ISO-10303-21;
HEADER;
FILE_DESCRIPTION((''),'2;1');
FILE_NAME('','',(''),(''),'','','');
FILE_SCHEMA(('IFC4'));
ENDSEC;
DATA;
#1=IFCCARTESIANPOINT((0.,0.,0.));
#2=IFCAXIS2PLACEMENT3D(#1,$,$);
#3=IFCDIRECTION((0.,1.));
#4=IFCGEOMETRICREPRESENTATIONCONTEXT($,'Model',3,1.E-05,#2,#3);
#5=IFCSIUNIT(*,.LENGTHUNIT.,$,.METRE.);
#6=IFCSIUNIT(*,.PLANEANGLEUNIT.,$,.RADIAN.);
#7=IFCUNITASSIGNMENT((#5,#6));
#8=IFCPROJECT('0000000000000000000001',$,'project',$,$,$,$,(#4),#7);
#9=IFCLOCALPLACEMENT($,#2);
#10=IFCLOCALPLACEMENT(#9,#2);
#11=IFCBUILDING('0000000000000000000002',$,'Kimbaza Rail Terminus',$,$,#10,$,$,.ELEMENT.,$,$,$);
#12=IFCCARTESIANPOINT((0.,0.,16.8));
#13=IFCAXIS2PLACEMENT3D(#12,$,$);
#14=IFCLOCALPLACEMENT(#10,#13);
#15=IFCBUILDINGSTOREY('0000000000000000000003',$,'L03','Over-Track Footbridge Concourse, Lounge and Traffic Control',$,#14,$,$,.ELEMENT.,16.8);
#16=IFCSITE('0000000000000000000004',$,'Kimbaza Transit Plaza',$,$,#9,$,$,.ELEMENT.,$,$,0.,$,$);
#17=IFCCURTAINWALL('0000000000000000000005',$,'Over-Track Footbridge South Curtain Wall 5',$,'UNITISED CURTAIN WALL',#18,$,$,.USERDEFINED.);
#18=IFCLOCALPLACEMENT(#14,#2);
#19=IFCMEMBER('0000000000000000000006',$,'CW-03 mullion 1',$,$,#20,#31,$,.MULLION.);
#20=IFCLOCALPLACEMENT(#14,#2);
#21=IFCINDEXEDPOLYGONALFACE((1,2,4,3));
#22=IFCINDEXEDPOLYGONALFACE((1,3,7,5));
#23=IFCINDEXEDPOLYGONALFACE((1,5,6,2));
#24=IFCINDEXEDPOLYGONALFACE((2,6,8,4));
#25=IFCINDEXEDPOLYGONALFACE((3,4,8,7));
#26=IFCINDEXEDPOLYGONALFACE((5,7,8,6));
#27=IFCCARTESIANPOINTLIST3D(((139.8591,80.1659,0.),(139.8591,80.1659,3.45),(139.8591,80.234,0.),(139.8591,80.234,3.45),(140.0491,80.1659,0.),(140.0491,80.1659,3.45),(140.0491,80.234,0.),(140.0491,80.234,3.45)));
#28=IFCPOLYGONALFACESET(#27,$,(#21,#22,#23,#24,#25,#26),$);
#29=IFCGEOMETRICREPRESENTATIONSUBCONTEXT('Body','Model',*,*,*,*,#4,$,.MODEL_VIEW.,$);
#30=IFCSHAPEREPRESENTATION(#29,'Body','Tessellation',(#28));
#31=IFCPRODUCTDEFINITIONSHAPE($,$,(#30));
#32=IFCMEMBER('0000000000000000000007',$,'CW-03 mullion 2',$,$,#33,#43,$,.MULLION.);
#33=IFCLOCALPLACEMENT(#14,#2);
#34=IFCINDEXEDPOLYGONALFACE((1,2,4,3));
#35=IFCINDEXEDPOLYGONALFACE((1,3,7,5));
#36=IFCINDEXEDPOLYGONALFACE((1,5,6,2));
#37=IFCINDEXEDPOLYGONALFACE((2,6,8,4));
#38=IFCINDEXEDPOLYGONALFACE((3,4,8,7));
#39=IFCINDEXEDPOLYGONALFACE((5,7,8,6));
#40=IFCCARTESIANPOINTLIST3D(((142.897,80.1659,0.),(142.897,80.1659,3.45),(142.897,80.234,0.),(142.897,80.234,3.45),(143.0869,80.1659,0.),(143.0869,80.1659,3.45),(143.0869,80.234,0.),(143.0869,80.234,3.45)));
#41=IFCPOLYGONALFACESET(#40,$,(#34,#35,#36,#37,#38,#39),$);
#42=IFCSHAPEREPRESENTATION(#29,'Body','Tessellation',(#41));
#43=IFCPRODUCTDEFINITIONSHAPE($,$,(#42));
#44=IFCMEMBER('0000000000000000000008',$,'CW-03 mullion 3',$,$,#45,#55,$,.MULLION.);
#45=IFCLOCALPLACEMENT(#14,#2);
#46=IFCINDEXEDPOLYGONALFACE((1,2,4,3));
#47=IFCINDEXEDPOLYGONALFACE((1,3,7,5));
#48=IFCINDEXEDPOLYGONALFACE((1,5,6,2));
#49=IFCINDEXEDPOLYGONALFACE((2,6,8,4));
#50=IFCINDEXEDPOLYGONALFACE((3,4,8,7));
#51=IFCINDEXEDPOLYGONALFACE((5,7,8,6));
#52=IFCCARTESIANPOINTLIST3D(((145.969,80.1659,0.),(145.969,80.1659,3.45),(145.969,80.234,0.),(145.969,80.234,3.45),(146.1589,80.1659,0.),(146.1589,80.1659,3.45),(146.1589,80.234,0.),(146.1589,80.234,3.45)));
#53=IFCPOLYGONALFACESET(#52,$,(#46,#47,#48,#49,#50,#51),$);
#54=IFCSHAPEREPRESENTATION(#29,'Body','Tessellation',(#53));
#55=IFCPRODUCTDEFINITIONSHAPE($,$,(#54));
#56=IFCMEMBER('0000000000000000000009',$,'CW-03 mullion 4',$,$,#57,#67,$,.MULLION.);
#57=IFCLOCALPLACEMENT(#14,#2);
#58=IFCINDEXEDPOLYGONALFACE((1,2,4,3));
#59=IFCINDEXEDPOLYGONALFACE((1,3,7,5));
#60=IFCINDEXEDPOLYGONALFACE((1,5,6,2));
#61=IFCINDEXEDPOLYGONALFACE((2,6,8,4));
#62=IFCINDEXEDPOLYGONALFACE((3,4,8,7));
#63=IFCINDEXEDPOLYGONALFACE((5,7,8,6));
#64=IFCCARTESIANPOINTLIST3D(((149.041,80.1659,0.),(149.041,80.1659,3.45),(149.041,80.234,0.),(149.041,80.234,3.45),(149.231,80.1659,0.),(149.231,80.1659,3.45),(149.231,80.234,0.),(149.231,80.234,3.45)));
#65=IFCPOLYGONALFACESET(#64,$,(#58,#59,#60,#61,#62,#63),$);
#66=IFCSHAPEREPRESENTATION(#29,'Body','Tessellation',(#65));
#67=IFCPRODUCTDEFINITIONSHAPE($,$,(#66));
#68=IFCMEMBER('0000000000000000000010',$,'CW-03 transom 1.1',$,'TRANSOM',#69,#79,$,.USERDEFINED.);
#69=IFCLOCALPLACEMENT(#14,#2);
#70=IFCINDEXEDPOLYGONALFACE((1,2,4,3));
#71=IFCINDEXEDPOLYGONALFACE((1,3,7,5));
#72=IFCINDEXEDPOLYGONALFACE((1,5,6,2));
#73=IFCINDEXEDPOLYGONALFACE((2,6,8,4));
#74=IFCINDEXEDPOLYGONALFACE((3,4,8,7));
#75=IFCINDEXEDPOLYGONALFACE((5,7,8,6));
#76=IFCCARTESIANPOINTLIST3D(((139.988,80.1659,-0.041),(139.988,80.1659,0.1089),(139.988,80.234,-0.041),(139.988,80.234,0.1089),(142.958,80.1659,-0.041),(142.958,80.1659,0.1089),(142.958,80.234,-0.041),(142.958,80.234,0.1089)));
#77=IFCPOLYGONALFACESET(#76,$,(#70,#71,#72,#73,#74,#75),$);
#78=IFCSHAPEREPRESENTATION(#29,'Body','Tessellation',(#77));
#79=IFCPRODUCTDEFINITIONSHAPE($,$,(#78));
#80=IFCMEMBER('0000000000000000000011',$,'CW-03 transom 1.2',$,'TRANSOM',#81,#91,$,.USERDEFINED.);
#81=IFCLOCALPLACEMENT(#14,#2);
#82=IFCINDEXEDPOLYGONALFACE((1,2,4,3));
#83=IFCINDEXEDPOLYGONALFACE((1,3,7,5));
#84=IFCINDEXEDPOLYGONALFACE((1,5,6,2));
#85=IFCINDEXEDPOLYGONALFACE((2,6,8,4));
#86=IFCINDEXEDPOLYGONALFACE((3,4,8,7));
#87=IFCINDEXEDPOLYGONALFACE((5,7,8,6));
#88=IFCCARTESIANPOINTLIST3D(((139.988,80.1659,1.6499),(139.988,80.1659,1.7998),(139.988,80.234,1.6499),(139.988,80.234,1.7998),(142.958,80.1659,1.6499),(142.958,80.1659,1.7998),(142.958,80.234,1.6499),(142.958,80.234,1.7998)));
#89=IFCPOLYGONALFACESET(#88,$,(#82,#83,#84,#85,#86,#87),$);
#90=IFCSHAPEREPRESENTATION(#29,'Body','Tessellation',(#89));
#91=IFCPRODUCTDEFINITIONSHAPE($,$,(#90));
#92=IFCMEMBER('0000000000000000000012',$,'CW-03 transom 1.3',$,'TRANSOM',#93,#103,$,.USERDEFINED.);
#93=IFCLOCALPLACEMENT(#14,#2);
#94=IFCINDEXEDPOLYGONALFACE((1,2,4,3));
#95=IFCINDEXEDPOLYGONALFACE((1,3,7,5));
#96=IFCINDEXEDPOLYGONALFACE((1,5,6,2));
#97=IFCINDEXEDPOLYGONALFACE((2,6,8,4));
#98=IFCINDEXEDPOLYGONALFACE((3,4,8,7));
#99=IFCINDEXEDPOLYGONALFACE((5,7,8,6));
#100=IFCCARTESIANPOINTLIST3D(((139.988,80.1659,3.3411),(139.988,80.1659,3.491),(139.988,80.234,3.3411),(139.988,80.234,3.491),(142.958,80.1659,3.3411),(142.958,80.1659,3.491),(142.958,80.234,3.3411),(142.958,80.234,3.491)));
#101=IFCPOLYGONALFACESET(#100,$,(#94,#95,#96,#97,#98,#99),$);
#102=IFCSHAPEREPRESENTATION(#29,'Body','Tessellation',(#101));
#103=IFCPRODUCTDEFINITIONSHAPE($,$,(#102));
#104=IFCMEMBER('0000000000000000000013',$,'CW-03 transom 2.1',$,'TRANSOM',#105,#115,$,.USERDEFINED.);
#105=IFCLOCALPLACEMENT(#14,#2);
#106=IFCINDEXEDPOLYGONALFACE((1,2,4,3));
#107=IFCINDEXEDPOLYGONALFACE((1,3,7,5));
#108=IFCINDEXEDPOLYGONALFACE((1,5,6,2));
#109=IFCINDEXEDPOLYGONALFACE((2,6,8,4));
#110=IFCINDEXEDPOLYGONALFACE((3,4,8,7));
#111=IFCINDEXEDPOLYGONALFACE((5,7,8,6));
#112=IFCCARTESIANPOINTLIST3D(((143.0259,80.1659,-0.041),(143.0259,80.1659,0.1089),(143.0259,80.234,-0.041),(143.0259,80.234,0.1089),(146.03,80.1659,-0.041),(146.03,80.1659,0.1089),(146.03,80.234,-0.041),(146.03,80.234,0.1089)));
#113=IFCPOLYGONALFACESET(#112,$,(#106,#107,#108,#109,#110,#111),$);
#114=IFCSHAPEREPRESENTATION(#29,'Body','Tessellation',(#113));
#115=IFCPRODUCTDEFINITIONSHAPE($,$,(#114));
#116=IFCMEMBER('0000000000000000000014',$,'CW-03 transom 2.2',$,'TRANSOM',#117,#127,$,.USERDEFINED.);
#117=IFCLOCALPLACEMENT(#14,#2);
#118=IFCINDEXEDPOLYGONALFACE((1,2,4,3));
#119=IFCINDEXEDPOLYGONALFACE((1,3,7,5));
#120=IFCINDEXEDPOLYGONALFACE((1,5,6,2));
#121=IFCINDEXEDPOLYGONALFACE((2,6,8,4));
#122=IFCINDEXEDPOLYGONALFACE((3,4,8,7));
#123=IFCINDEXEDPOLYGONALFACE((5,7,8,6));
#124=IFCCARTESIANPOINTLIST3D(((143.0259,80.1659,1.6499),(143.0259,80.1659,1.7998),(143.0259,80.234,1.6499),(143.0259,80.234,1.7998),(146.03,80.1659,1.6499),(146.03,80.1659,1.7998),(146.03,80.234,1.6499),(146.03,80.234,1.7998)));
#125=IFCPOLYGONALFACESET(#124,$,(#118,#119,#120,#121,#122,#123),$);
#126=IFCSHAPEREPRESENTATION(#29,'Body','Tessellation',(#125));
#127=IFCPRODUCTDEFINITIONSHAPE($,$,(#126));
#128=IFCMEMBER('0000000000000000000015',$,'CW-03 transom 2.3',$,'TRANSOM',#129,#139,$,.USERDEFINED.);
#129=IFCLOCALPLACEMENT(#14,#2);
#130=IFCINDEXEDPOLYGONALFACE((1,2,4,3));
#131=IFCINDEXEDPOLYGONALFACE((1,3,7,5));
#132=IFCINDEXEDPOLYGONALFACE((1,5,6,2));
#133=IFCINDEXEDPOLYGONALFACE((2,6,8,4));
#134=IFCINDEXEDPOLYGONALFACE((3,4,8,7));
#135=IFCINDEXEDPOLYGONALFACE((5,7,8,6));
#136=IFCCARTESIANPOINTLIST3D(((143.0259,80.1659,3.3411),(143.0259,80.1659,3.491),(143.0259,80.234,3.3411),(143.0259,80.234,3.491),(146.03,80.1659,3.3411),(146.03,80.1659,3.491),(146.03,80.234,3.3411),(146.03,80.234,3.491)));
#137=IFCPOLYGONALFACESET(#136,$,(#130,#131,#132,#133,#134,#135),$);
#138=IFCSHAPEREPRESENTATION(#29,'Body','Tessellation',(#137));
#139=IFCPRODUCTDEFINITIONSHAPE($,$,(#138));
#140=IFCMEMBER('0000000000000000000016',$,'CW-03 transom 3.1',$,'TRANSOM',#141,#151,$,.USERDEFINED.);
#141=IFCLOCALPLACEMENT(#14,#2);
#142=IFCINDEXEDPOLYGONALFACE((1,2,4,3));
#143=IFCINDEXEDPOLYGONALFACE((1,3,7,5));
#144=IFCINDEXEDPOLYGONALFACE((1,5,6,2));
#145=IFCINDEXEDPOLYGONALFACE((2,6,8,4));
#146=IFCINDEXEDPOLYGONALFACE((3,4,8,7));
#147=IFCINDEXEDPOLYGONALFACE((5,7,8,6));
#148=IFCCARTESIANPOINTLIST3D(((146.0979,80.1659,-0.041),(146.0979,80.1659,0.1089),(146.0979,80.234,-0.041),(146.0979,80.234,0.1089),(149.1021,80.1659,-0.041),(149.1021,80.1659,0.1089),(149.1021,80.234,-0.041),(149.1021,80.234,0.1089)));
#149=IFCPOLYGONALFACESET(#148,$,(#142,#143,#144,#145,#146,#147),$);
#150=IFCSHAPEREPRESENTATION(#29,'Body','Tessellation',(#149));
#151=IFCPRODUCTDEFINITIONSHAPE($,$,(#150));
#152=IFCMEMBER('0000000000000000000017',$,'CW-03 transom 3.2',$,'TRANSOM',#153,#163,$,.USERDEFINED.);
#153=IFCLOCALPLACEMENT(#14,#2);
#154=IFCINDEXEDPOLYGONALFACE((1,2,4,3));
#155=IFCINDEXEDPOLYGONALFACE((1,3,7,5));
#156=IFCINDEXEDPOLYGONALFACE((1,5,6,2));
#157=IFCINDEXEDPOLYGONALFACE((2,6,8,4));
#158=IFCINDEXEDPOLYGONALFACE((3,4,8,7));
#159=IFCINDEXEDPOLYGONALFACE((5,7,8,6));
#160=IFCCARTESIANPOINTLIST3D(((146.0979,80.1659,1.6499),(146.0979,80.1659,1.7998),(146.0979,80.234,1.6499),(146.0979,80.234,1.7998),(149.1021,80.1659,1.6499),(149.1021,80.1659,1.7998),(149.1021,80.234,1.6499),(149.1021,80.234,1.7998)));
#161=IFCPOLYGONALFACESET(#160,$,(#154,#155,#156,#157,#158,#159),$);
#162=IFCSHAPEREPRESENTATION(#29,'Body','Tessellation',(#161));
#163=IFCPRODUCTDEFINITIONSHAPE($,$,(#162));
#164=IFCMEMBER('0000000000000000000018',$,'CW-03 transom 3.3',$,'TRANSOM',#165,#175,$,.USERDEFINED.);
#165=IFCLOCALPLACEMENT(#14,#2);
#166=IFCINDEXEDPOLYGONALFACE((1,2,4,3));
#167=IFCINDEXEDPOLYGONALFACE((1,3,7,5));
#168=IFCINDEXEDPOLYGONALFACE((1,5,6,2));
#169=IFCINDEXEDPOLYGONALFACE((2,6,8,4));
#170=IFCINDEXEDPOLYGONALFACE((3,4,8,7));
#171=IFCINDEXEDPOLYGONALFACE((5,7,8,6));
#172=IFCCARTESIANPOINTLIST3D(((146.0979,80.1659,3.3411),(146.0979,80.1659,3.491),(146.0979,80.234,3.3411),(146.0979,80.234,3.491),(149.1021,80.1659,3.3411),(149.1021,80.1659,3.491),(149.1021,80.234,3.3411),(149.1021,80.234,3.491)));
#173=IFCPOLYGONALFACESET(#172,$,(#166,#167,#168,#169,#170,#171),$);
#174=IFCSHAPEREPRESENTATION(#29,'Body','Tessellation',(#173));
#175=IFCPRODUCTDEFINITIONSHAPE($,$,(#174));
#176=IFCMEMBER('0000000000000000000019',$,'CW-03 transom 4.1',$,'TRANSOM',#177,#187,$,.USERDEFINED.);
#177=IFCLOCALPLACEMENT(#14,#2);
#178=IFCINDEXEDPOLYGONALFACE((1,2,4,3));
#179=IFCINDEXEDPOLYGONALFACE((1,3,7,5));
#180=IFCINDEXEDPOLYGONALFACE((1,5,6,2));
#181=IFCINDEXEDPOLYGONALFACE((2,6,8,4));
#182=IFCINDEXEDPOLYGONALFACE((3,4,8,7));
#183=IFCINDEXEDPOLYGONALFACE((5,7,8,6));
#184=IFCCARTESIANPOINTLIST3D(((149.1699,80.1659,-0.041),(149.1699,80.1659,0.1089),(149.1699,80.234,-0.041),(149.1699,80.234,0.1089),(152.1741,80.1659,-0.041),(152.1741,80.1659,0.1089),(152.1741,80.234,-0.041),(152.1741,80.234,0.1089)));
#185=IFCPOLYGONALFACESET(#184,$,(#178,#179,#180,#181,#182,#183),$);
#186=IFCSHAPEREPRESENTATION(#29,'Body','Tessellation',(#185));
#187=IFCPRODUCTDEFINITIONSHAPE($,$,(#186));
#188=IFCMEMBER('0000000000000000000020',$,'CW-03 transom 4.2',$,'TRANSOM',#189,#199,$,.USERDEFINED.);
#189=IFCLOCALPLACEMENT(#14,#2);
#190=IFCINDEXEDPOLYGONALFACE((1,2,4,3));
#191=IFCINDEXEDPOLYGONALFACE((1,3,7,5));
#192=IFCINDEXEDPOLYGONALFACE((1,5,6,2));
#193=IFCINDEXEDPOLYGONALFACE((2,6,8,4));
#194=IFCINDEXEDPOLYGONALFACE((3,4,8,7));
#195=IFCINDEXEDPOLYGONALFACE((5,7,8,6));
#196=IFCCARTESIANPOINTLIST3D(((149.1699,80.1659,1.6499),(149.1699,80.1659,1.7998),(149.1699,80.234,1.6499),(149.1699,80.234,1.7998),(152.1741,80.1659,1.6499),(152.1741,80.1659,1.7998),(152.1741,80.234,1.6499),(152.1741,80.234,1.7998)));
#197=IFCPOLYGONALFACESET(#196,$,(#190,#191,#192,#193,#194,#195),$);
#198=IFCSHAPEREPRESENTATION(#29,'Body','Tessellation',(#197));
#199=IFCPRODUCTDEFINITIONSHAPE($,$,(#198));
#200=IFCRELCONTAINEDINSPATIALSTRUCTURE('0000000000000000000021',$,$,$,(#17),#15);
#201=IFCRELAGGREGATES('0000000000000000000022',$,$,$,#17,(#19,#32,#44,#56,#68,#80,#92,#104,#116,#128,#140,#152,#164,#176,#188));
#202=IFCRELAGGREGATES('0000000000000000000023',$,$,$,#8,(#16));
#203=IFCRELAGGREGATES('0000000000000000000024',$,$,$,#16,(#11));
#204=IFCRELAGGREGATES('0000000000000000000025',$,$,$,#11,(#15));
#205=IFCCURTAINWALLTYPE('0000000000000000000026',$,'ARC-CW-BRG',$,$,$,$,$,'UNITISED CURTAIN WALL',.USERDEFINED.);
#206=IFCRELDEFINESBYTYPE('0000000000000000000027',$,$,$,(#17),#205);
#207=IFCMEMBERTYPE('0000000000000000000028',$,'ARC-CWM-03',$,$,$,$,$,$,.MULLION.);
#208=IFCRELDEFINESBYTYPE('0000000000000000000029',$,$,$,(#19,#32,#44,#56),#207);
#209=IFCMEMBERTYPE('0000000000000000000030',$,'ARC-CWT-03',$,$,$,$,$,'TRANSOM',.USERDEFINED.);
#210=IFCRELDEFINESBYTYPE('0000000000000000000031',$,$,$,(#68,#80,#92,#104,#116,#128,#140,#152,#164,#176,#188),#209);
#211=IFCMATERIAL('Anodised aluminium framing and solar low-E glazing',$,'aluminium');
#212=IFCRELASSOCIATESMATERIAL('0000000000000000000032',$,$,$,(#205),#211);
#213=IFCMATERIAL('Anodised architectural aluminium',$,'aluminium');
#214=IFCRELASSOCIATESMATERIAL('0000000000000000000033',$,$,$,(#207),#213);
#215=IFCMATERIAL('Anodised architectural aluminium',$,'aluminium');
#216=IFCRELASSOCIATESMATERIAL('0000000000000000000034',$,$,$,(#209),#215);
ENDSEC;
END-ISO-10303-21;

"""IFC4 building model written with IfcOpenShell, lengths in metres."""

from ifc_helpers import new_model, si_unit, direction, frame, origin, origin_2d, place, context, subcontext, project, spatial, rectangle, extrude, material, material_profile, profile_set, type_object, element, aggregate, save


model = new_model("IFC4")

# Units and contexts
model_context = context("Model", 3, precision=1e-05, world=origin(), true_north=direction((0.0, 1.0)))
body_context = subcontext(model_context, "Body", "Model", "MODEL_VIEW")
ifc_project = project(units=[si_unit("LENGTHUNIT", "METRE"), si_unit("PLANEANGLEUNIT", "RADIAN")], contexts=[model_context])

# Site, building, storey
site_placement = place(None, origin())
site = spatial("IfcSite", under=ifc_project, at=site_placement, Name="Kimbaza Transit Plaza", CompositionType="ELEMENT", RefElevation=0.0)
building_placement = place(site_placement, origin())
building = spatial("IfcBuilding", under=site, at=building_placement, Name="Kimbaza Rail Terminus", CompositionType="ELEMENT")
storey_placement = place(building_placement, frame((0.0, 0.0, 16.8)))
storey = spatial("IfcBuildingStorey", under=building, at=storey_placement, Name="L03", Description="Over-Track Footbridge Concourse, Lounge and Traffic Control", CompositionType="ELEMENT", Elevation=16.8)

# Curtain wall, members
ifc_material_1 = material(Name="Anodised aluminium framing and solar low-E glazing", Category="aluminium")
curtain_wall_type = type_object("IfcCurtainWallType", Name="ARC-CW-BRG", ElementType="UNITISED CURTAIN WALL", PredefinedType="USERDEFINED", material=ifc_material_1)
curtain_wall_placement = place(storey_placement, origin())
curtain_wall = element("IfcCurtainWall", 1, at=curtain_wall_placement, inside=storey, type_object=curtain_wall_type, Name="Over-Track Footbridge South Curtain Wall 5", ObjectType="UNITISED CURTAIN WALL", PredefinedType="USERDEFINED")
ifc_material_2 = material(Name="Anodised architectural aluminium", Category="aluminium")
ifc_material_profile_1 = material_profile(ifc_material_2, rectangle(XDim=0.0681, YDim=0.1899, at=origin_2d()), Name="MULLION 68x190")
ifc_profile_set_1 = profile_set([ifc_material_profile_1], Name="Anodised architectural aluminium")
member_type_1 = type_object("IfcMemberType", Name="ARC-CWM-03", PredefinedType="MULLION", material=ifc_profile_set_1)
member_1_placement = place(storey_placement, frame((139.9541, 80.2, 0.0), z_axis=(0.0, 0.0, 1.0), x_axis=(0.0, 1.0, 0.0)))
member_1 = element("IfcMember", 2, at=member_1_placement, type_object=member_type_1, Name="CW-03 mullion 1", PredefinedType="MULLION", context=body_context, shape_type="SweptSolid", body=[
    extrude(rectangle(XDim=0.0681, YDim=0.1899, at=origin_2d()), origin(), (0.0, 0.0, 1.0), 3.45),
])
member_2_placement = place(storey_placement, frame((142.9919, 80.2, 0.0), z_axis=(0.0, 0.0, 1.0), x_axis=(0.0, 1.0, 0.0)))
member_2 = element("IfcMember", 3, at=member_2_placement, type_object=member_type_1, Name="CW-03 mullion 2", PredefinedType="MULLION", context=body_context, shape_type="SweptSolid", body=[
    extrude(rectangle(XDim=0.0681, YDim=0.1899, at=origin_2d()), origin(), (0.0, 0.0, 1.0), 3.45),
])
member_3_placement = place(storey_placement, frame((146.064, 80.2, 0.0), z_axis=(0.0, 0.0, 1.0), x_axis=(0.0, 1.0, 0.0)))
member_3 = element("IfcMember", 4, at=member_3_placement, type_object=member_type_1, Name="CW-03 mullion 3", PredefinedType="MULLION", context=body_context, shape_type="SweptSolid", body=[
    extrude(rectangle(XDim=0.0681, YDim=0.1899, at=origin_2d()), origin(), (0.0, 0.0, 1.0), 3.45),
])
member_4_placement = place(storey_placement, frame((149.136, 80.2, 0.0), z_axis=(0.0, 0.0, 1.0), x_axis=(0.0, 1.0, 0.0)))
member_4 = element("IfcMember", 5, at=member_4_placement, type_object=member_type_1, Name="CW-03 mullion 4", PredefinedType="MULLION", context=body_context, shape_type="SweptSolid", body=[
    extrude(rectangle(XDim=0.0681, YDim=0.1899, at=origin_2d()), origin(), (0.0, 0.0, 1.0), 3.45),
])
ifc_material_3 = material(Name="Anodised architectural aluminium", Category="aluminium")
ifc_material_profile_2 = material_profile(ifc_material_3, rectangle(XDim=0.0681, YDim=0.1499, at=origin_2d()), Name="TRANSOM 68x150")
ifc_profile_set_2 = profile_set([ifc_material_profile_2], Name="Anodised architectural aluminium")
member_type_2 = type_object("IfcMemberType", Name="ARC-CWT-03", ElementType="TRANSOM", PredefinedType="USERDEFINED", material=ifc_profile_set_2)
member_5_placement = place(storey_placement, frame((139.988, 80.2, 0.0339), z_axis=(1.0, 0.0, 0.0), x_axis=(0.0, 1.0, 0.0)))
member_5 = element("IfcMember", 6, at=member_5_placement, type_object=member_type_2, Name="CW-03 transom 1.1", ObjectType="TRANSOM", PredefinedType="USERDEFINED", context=body_context, shape_type="SweptSolid", body=[
    extrude(rectangle(XDim=0.0681, YDim=0.1499, at=origin_2d()), origin(), (0.0, 0.0, 1.0), 2.97),
])
member_6_placement = place(storey_placement, frame((139.988, 80.2, 1.7249), z_axis=(1.0, 0.0, 0.0), x_axis=(0.0, 1.0, 0.0)))
member_6 = element("IfcMember", 7, at=member_6_placement, type_object=member_type_2, Name="CW-03 transom 1.2", ObjectType="TRANSOM", PredefinedType="USERDEFINED", context=body_context, shape_type="SweptSolid", body=[
    extrude(rectangle(XDim=0.0681, YDim=0.1499, at=origin_2d()), origin(), (0.0, 0.0, 1.0), 2.97),
])
member_7_placement = place(storey_placement, frame((139.988, 80.2, 3.416), z_axis=(1.0, 0.0, 0.0), x_axis=(0.0, 1.0, 0.0)))
member_7 = element("IfcMember", 8, at=member_7_placement, type_object=member_type_2, Name="CW-03 transom 1.3", ObjectType="TRANSOM", PredefinedType="USERDEFINED", context=body_context, shape_type="SweptSolid", body=[
    extrude(rectangle(XDim=0.0681, YDim=0.1499, at=origin_2d()), origin(), (0.0, 0.0, 1.0), 2.97),
])
member_8_placement = place(storey_placement, frame((143.0259, 80.2, 0.0339), z_axis=(1.0, 0.0, 0.0), x_axis=(0.0, 1.0, 0.0)))
member_8 = element("IfcMember", 9, at=member_8_placement, type_object=member_type_2, Name="CW-03 transom 2.1", ObjectType="TRANSOM", PredefinedType="USERDEFINED", context=body_context, shape_type="SweptSolid", body=[
    extrude(rectangle(XDim=0.0681, YDim=0.1499, at=origin_2d()), origin(), (0.0, 0.0, 1.0), 3.0042),
])
member_9_placement = place(storey_placement, frame((143.0259, 80.2, 1.7249), z_axis=(1.0, 0.0, 0.0), x_axis=(0.0, 1.0, 0.0)))
member_9 = element("IfcMember", 10, at=member_9_placement, type_object=member_type_2, Name="CW-03 transom 2.2", ObjectType="TRANSOM", PredefinedType="USERDEFINED", context=body_context, shape_type="SweptSolid", body=[
    extrude(rectangle(XDim=0.0681, YDim=0.1499, at=origin_2d()), origin(), (0.0, 0.0, 1.0), 3.0042),
])
member_10_placement = place(storey_placement, frame((143.0259, 80.2, 3.416), z_axis=(1.0, 0.0, 0.0), x_axis=(0.0, 1.0, 0.0)))
member_10 = element("IfcMember", 11, at=member_10_placement, type_object=member_type_2, Name="CW-03 transom 2.3", ObjectType="TRANSOM", PredefinedType="USERDEFINED", context=body_context, shape_type="SweptSolid", body=[
    extrude(rectangle(XDim=0.0681, YDim=0.1499, at=origin_2d()), origin(), (0.0, 0.0, 1.0), 3.0042),
])
member_11_placement = place(storey_placement, frame((146.0979, 80.2, 0.0339), z_axis=(1.0, 0.0, 0.0), x_axis=(0.0, 1.0, 0.0)))
member_11 = element("IfcMember", 12, at=member_11_placement, type_object=member_type_2, Name="CW-03 transom 3.1", ObjectType="TRANSOM", PredefinedType="USERDEFINED", context=body_context, shape_type="SweptSolid", body=[
    extrude(rectangle(XDim=0.0681, YDim=0.1499, at=origin_2d()), origin(), (0.0, 0.0, 1.0), 3.0042),
])
member_12_placement = place(storey_placement, frame((146.0979, 80.2, 1.7249), z_axis=(1.0, 0.0, 0.0), x_axis=(0.0, 1.0, 0.0)))
member_12 = element("IfcMember", 13, at=member_12_placement, type_object=member_type_2, Name="CW-03 transom 3.2", ObjectType="TRANSOM", PredefinedType="USERDEFINED", context=body_context, shape_type="SweptSolid", body=[
    extrude(rectangle(XDim=0.0681, YDim=0.1499, at=origin_2d()), origin(), (0.0, 0.0, 1.0), 3.0042),
])
member_13_placement = place(storey_placement, frame((146.0979, 80.2, 3.416), z_axis=(1.0, 0.0, 0.0), x_axis=(0.0, 1.0, 0.0)))
member_13 = element("IfcMember", 14, at=member_13_placement, type_object=member_type_2, Name="CW-03 transom 3.3", ObjectType="TRANSOM", PredefinedType="USERDEFINED", context=body_context, shape_type="SweptSolid", body=[
    extrude(rectangle(XDim=0.0681, YDim=0.1499, at=origin_2d()), origin(), (0.0, 0.0, 1.0), 3.0042),
])
member_14_placement = place(storey_placement, frame((149.1699, 80.2, 0.0339), z_axis=(1.0, 0.0, 0.0), x_axis=(0.0, 1.0, 0.0)))
member_14 = element("IfcMember", 15, at=member_14_placement, type_object=member_type_2, Name="CW-03 transom 4.1", ObjectType="TRANSOM", PredefinedType="USERDEFINED", context=body_context, shape_type="SweptSolid", body=[
    extrude(rectangle(XDim=0.0681, YDim=0.1499, at=origin_2d()), origin(), (0.0, 0.0, 1.0), 3.0042),
])
member_15_placement = place(storey_placement, frame((149.1699, 80.2, 1.7249), z_axis=(1.0, 0.0, 0.0), x_axis=(0.0, 1.0, 0.0)))
member_15 = element("IfcMember", 16, at=member_15_placement, type_object=member_type_2, Name="CW-03 transom 4.2", ObjectType="TRANSOM", PredefinedType="USERDEFINED", context=body_context, shape_type="SweptSolid", body=[
    extrude(rectangle(XDim=0.0681, YDim=0.1499, at=origin_2d()), origin(), (0.0, 0.0, 1.0), 3.0042),
])

aggregate(curtain_wall, [member_1, member_2, member_3, member_4, member_5, member_6, member_7, member_8, member_9, member_10, member_11, member_12, member_13, member_14, member_15])

save(model, "model.ifc")
